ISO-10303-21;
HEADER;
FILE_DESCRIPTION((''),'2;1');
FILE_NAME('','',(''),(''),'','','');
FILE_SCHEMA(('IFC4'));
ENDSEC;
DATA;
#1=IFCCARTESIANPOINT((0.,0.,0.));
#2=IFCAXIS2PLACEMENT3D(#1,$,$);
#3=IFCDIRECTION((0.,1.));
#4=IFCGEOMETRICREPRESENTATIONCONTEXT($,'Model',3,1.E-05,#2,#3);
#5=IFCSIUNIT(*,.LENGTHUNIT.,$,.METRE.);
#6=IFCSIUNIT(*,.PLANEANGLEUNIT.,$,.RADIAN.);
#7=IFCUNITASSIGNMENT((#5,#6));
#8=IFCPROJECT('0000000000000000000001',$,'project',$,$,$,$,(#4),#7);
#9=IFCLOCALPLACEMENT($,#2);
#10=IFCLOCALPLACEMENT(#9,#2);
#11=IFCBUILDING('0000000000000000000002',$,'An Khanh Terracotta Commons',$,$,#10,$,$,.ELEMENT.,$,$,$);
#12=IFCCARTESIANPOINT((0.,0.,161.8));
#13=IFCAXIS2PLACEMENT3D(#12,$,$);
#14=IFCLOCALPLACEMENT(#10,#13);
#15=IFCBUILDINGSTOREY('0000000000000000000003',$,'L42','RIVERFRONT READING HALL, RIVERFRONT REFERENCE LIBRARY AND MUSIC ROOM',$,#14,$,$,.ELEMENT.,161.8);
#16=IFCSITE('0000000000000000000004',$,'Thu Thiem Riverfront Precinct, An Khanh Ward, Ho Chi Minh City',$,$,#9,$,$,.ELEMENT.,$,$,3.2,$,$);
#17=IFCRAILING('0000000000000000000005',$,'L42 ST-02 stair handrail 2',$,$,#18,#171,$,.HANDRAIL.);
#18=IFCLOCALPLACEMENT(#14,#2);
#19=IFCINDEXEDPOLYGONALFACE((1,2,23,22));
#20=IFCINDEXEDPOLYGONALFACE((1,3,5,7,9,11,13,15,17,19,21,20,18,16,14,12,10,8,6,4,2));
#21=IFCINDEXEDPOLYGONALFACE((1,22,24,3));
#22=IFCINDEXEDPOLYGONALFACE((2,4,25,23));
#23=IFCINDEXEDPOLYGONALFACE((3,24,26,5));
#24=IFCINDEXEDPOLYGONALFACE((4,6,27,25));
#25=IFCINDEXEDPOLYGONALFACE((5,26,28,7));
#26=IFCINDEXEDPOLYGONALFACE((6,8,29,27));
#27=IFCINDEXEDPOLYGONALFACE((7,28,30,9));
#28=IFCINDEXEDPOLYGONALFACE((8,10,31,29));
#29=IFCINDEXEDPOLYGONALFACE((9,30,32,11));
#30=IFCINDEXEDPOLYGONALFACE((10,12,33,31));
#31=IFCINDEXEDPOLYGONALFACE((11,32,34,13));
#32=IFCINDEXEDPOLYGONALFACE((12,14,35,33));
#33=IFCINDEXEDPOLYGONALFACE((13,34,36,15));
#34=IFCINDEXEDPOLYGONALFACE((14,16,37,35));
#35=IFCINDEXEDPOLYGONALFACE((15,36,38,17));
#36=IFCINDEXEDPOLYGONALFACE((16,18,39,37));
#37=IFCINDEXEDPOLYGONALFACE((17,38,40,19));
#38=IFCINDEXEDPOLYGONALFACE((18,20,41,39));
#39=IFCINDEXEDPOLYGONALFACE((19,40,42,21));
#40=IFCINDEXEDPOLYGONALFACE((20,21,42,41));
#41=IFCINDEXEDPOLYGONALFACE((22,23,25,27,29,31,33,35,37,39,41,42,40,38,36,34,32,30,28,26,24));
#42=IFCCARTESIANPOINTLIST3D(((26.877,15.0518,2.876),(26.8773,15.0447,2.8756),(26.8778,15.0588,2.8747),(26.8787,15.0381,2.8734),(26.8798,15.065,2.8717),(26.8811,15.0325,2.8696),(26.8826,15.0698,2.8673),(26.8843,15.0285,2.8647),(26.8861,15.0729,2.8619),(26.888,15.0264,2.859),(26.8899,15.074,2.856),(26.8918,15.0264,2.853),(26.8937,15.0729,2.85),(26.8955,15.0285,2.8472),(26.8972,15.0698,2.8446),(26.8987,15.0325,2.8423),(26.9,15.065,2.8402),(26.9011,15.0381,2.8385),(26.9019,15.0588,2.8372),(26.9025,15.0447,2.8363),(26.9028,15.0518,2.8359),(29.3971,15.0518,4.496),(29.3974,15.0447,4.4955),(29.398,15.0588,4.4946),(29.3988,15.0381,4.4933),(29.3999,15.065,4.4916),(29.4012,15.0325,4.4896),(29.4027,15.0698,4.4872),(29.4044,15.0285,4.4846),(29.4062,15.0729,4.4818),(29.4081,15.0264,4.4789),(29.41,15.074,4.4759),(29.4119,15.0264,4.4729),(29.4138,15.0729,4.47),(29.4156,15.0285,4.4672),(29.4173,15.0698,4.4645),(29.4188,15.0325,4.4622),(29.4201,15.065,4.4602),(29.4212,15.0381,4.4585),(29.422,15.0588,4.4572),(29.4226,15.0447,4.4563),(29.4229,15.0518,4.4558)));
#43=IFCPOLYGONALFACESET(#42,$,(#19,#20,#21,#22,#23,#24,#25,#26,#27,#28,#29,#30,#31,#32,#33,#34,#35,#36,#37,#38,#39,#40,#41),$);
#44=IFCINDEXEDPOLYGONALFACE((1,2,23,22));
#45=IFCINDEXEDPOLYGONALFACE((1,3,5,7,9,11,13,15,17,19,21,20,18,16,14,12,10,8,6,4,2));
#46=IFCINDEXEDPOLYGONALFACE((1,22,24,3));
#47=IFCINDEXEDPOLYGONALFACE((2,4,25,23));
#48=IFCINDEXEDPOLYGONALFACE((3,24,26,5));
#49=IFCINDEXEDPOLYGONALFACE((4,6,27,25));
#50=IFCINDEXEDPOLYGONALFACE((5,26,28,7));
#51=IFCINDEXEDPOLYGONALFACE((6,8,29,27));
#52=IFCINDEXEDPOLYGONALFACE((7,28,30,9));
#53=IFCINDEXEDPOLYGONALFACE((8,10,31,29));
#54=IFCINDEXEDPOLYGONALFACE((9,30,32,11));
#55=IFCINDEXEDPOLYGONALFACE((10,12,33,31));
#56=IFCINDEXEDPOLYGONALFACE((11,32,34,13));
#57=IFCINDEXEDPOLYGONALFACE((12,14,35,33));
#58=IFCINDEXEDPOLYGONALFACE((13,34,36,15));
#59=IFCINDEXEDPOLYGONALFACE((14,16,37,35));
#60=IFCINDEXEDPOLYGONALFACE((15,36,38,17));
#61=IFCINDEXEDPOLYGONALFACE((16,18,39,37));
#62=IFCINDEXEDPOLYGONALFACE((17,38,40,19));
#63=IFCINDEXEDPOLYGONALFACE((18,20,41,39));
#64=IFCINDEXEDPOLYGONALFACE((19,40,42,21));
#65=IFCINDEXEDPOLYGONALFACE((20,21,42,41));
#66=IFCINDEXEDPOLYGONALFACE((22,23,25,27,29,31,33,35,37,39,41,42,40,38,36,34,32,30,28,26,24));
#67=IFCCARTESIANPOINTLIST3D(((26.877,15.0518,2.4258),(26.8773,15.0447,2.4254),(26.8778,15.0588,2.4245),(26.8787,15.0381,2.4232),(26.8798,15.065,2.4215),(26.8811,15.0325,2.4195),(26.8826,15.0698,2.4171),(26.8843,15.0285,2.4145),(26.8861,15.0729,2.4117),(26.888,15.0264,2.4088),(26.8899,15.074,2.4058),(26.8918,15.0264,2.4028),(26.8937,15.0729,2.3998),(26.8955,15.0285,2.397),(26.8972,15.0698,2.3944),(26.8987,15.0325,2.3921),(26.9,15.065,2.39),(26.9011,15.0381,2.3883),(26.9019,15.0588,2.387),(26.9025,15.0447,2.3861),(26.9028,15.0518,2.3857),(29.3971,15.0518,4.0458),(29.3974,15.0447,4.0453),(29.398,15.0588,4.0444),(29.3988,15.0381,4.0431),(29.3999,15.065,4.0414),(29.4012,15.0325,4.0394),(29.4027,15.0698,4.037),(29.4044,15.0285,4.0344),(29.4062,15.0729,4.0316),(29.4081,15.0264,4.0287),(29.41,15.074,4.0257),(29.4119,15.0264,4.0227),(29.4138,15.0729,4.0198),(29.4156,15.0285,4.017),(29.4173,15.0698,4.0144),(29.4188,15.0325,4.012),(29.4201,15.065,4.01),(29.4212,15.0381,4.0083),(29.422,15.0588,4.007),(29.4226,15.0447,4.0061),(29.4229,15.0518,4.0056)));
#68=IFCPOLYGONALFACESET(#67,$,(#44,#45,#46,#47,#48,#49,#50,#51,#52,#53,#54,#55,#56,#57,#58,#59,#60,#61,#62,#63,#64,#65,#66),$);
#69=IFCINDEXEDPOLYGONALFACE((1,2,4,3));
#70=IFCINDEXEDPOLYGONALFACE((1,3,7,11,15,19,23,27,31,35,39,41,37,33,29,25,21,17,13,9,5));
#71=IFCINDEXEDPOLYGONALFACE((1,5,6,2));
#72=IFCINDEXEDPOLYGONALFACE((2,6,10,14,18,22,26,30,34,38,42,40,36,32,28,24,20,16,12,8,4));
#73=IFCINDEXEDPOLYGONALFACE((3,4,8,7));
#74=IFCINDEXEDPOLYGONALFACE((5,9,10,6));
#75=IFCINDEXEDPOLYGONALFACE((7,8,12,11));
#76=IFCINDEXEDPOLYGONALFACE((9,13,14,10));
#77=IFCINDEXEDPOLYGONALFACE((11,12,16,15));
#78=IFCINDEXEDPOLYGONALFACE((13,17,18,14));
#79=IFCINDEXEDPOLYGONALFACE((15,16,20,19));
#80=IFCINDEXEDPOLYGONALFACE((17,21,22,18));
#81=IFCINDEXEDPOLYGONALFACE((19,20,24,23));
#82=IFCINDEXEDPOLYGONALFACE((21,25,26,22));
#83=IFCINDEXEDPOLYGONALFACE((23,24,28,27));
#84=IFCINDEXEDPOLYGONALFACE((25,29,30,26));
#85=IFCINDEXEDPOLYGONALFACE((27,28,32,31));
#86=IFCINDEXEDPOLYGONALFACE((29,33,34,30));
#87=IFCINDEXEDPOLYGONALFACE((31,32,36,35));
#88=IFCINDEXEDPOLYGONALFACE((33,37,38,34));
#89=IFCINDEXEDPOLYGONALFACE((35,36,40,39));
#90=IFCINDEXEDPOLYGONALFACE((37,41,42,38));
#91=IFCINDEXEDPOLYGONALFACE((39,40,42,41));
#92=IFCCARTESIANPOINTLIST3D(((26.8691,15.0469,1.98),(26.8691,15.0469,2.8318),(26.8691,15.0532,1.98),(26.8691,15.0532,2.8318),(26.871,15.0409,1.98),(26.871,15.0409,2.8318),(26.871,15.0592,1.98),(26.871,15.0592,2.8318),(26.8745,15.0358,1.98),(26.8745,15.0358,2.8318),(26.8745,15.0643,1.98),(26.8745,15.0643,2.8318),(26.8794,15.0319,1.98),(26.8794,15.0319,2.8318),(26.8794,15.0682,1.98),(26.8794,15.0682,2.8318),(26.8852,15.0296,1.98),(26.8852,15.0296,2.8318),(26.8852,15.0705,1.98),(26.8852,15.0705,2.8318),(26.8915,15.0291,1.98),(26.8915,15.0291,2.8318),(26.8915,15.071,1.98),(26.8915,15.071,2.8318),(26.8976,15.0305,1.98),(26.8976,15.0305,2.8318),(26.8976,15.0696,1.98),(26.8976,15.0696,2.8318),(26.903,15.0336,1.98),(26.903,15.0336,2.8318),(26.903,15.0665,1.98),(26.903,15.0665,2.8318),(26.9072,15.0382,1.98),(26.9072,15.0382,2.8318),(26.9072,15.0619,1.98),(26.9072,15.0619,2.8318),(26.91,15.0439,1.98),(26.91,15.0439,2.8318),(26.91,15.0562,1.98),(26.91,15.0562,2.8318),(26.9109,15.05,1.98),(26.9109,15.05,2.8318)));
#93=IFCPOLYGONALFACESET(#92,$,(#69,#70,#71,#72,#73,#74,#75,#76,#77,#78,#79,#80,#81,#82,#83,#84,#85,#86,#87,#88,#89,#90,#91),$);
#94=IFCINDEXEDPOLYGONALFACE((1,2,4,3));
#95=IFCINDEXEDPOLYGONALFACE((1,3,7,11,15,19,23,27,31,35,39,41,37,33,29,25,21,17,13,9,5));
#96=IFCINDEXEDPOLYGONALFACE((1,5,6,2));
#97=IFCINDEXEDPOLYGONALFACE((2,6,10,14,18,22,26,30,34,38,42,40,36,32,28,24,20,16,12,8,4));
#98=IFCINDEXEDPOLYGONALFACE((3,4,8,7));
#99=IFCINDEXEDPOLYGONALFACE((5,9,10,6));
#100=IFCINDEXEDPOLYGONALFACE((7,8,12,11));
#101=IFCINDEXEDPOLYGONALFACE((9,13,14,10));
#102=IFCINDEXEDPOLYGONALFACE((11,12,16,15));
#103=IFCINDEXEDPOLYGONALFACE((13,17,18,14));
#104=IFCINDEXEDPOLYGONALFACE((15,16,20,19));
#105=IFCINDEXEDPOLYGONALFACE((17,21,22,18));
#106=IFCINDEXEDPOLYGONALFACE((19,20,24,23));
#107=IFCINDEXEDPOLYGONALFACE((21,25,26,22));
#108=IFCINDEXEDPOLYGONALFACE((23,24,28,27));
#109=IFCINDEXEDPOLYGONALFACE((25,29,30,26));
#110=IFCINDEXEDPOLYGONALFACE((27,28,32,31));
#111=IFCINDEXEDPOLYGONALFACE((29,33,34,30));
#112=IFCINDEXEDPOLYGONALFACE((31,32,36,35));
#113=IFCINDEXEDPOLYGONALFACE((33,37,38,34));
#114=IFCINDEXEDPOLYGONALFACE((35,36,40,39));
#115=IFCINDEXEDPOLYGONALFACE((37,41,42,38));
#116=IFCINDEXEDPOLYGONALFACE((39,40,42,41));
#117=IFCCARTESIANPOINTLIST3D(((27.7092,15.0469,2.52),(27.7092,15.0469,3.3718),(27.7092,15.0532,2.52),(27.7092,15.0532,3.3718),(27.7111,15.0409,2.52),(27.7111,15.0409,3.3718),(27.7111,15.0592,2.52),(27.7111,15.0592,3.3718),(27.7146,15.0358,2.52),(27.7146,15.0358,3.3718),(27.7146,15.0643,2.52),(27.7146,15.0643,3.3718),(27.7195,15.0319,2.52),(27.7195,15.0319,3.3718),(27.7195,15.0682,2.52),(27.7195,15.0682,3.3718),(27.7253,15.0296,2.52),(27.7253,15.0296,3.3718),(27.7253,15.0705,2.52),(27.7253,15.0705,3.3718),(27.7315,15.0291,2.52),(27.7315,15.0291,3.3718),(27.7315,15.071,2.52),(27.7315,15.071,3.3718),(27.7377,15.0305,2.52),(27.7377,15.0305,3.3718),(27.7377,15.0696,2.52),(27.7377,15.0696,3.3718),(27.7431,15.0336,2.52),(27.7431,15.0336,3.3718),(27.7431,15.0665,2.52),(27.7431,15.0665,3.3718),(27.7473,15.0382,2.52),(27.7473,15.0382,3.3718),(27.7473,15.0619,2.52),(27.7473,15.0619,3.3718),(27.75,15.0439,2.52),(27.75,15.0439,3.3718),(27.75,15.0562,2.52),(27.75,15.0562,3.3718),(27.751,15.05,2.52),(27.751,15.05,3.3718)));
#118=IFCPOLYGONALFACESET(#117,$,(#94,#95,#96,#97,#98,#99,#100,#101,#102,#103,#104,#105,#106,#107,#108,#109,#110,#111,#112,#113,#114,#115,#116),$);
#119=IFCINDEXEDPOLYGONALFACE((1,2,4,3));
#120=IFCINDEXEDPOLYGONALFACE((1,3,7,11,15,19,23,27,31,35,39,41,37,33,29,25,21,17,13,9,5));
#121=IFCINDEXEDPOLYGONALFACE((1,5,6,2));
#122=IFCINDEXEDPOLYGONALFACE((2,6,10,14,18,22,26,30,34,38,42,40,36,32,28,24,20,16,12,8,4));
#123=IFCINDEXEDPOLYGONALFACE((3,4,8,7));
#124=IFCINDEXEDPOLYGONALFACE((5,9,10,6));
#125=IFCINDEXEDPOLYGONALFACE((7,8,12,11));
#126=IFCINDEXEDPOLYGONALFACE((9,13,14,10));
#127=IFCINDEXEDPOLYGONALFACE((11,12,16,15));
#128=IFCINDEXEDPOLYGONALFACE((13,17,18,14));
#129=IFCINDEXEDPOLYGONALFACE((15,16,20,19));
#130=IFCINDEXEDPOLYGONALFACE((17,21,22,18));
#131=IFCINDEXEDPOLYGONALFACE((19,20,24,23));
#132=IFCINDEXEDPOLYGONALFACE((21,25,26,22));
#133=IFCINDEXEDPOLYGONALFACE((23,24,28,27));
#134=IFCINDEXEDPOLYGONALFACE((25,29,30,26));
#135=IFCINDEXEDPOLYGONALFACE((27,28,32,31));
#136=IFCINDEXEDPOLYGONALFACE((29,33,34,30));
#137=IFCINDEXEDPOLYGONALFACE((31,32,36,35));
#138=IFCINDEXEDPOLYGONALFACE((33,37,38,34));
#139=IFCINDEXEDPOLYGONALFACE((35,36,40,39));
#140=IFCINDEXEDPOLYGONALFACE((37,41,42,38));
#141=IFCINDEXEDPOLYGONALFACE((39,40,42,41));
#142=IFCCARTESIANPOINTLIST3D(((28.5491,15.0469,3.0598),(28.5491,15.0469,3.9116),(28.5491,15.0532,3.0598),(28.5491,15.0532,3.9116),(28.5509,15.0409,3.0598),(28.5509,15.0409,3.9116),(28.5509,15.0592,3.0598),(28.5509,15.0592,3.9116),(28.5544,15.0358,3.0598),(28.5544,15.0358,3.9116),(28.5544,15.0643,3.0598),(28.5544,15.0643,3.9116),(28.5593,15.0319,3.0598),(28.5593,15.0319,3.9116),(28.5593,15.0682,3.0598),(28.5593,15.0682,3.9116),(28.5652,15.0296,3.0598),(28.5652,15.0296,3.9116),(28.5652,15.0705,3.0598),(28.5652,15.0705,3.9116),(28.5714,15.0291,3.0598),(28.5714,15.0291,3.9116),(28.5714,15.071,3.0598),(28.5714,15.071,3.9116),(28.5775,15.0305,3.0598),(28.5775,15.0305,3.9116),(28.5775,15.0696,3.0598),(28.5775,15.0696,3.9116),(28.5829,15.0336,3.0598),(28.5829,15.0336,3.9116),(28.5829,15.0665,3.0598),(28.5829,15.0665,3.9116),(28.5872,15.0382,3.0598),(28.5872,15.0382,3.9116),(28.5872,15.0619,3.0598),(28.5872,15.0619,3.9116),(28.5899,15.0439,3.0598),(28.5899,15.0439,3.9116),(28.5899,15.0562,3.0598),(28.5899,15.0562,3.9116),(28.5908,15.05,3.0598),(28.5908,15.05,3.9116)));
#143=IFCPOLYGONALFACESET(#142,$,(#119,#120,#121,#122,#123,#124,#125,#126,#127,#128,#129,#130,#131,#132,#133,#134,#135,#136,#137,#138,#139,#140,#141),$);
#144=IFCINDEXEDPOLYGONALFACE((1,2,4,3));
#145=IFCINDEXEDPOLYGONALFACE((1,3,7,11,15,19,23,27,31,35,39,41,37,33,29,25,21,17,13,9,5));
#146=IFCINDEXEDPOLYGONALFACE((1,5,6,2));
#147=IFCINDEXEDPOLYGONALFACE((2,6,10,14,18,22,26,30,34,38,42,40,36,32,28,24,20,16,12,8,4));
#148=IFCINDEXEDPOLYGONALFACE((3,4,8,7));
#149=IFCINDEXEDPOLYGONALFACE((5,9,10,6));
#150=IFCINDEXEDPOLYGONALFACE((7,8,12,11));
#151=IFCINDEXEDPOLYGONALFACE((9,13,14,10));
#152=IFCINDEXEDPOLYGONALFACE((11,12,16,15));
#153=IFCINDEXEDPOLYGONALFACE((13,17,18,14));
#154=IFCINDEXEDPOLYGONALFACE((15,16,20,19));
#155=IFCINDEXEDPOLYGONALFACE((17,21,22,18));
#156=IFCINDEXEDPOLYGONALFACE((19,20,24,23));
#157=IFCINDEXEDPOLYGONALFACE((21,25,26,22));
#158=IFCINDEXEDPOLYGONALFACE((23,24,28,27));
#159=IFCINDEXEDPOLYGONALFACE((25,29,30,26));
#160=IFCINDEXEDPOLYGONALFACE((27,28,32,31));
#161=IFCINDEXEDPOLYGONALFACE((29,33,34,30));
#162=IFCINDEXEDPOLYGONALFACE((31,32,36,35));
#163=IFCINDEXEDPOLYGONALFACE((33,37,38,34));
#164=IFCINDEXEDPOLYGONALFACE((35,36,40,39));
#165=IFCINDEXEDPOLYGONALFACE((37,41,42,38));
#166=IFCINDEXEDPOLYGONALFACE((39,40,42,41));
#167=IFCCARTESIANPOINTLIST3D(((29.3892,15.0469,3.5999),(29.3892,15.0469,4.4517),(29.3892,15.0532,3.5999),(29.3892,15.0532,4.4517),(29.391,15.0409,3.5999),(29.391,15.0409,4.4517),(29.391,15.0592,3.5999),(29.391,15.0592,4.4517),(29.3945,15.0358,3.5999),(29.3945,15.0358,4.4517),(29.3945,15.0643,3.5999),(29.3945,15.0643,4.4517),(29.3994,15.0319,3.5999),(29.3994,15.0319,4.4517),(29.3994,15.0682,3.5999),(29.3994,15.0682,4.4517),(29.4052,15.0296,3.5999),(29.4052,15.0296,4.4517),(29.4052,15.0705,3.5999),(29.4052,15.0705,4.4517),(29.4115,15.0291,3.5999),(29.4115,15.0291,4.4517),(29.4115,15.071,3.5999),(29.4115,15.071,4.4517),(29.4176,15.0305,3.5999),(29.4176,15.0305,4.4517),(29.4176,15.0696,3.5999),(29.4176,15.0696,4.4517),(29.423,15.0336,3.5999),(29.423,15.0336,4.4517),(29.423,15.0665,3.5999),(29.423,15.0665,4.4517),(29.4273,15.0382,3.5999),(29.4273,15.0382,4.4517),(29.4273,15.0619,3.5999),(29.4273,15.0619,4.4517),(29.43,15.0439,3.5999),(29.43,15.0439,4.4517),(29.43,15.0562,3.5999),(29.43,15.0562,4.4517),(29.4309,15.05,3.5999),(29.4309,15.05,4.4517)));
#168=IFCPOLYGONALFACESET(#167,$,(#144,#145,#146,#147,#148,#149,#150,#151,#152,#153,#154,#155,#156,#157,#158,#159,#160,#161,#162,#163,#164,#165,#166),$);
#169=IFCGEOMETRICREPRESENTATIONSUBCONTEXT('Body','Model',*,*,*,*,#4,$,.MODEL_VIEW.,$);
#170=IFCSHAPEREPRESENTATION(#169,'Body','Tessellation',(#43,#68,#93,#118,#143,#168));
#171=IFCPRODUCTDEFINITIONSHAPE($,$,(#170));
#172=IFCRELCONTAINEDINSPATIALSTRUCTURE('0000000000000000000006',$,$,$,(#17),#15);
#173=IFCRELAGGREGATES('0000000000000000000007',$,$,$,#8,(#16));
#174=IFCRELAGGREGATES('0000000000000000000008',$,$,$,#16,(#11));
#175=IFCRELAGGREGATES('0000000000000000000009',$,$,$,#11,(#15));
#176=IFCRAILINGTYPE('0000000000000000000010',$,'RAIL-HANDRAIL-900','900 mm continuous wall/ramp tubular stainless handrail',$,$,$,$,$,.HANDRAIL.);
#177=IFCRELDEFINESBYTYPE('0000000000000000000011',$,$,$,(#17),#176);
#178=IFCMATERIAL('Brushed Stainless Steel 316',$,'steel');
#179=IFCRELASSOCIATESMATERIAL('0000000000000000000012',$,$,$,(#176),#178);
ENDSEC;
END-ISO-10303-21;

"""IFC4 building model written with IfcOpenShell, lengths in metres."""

from ifc_helpers import new_model, si_unit, direction, frame, origin, origin_2d, place, context, subcontext, project, spatial, circle, extrude, material, type_object, element, save


model = new_model("IFC4")

# Units and contexts
model_context = context("Model", 3, precision=1e-05, world=origin(), true_north=direction((0.0, 1.0)))
body_context = subcontext(model_context, "Body", "Model", "MODEL_VIEW")
ifc_project = project(units=[si_unit("LENGTHUNIT", "METRE"), si_unit("PLANEANGLEUNIT", "RADIAN")], contexts=[model_context])

# Site, building, storey
site_placement = place(None, origin())
site = spatial("IfcSite", under=ifc_project, at=site_placement, Name="Thu Thiem Riverfront Precinct, An Khanh Ward, Ho Chi Minh City", CompositionType="ELEMENT", RefElevation=3.2)
building_placement = place(site_placement, origin())
building = spatial("IfcBuilding", under=site, at=building_placement, Name="An Khanh Terracotta Commons", CompositionType="ELEMENT")
storey_placement = place(building_placement, frame((0.0, 0.0, 161.8)))
storey = spatial("IfcBuildingStorey", under=building, at=storey_placement, Name="L42", Description="RIVERFRONT READING HALL, RIVERFRONT REFERENCE LIBRARY AND MUSIC ROOM", CompositionType="ELEMENT", Elevation=161.8)

# Railing
ifc_material_1 = material(Name="Brushed Stainless Steel 316", Category="steel")
railing_type_1 = type_object("IfcRailingType", Name="RAIL-HANDRAIL-900", Description="900 mm continuous wall/ramp tubular stainless handrail", PredefinedType="HANDRAIL", material=ifc_material_1)
railing_1_placement = place(storey_placement, frame((26.8899, 15.05, 1.98)))
element("IfcRailing", 1, at=railing_1_placement, inside=storey, type_object=railing_type_1, Name="L42 ST-02 stair handrail 2", PredefinedType="HANDRAIL", context=body_context, shape_type="SweptSolid", body=[
    extrude(circle(Radius=0.0239, at=origin_2d()), frame((0.0, 0.0, 0.876), z_axis=(0.8412, 0.0, 0.540725), x_axis=(0.0, 1.0, 0.0)), (0.0, 0.0, 1.0), 2.9958),
    extrude(circle(Radius=0.0239, at=origin_2d()), frame((0.0, 0.0, 0.4258), z_axis=(0.8412, 0.0, 0.540725), x_axis=(0.0, 1.0, 0.0)), (0.0, 0.0, 1.0), 2.9958),
    extrude(circle(Radius=0.021, at=origin_2d()), origin(), (0.0, 0.0, 1.0), 0.8518),
    extrude(circle(Radius=0.021, at=origin_2d()), frame((0.8401, 0.0, 0.54)), (0.0, 0.0, 1.0), 0.8518),
    extrude(circle(Radius=0.021, at=origin_2d()), frame((1.6799, 0.0, 1.0798)), (0.0, 0.0, 1.0), 0.8518),
    extrude(circle(Radius=0.021, at=origin_2d()), frame((2.52, 0.0, 1.6199)), (0.0, 0.0, 1.0), 0.8518),
])

save(model, "model.ifc")
